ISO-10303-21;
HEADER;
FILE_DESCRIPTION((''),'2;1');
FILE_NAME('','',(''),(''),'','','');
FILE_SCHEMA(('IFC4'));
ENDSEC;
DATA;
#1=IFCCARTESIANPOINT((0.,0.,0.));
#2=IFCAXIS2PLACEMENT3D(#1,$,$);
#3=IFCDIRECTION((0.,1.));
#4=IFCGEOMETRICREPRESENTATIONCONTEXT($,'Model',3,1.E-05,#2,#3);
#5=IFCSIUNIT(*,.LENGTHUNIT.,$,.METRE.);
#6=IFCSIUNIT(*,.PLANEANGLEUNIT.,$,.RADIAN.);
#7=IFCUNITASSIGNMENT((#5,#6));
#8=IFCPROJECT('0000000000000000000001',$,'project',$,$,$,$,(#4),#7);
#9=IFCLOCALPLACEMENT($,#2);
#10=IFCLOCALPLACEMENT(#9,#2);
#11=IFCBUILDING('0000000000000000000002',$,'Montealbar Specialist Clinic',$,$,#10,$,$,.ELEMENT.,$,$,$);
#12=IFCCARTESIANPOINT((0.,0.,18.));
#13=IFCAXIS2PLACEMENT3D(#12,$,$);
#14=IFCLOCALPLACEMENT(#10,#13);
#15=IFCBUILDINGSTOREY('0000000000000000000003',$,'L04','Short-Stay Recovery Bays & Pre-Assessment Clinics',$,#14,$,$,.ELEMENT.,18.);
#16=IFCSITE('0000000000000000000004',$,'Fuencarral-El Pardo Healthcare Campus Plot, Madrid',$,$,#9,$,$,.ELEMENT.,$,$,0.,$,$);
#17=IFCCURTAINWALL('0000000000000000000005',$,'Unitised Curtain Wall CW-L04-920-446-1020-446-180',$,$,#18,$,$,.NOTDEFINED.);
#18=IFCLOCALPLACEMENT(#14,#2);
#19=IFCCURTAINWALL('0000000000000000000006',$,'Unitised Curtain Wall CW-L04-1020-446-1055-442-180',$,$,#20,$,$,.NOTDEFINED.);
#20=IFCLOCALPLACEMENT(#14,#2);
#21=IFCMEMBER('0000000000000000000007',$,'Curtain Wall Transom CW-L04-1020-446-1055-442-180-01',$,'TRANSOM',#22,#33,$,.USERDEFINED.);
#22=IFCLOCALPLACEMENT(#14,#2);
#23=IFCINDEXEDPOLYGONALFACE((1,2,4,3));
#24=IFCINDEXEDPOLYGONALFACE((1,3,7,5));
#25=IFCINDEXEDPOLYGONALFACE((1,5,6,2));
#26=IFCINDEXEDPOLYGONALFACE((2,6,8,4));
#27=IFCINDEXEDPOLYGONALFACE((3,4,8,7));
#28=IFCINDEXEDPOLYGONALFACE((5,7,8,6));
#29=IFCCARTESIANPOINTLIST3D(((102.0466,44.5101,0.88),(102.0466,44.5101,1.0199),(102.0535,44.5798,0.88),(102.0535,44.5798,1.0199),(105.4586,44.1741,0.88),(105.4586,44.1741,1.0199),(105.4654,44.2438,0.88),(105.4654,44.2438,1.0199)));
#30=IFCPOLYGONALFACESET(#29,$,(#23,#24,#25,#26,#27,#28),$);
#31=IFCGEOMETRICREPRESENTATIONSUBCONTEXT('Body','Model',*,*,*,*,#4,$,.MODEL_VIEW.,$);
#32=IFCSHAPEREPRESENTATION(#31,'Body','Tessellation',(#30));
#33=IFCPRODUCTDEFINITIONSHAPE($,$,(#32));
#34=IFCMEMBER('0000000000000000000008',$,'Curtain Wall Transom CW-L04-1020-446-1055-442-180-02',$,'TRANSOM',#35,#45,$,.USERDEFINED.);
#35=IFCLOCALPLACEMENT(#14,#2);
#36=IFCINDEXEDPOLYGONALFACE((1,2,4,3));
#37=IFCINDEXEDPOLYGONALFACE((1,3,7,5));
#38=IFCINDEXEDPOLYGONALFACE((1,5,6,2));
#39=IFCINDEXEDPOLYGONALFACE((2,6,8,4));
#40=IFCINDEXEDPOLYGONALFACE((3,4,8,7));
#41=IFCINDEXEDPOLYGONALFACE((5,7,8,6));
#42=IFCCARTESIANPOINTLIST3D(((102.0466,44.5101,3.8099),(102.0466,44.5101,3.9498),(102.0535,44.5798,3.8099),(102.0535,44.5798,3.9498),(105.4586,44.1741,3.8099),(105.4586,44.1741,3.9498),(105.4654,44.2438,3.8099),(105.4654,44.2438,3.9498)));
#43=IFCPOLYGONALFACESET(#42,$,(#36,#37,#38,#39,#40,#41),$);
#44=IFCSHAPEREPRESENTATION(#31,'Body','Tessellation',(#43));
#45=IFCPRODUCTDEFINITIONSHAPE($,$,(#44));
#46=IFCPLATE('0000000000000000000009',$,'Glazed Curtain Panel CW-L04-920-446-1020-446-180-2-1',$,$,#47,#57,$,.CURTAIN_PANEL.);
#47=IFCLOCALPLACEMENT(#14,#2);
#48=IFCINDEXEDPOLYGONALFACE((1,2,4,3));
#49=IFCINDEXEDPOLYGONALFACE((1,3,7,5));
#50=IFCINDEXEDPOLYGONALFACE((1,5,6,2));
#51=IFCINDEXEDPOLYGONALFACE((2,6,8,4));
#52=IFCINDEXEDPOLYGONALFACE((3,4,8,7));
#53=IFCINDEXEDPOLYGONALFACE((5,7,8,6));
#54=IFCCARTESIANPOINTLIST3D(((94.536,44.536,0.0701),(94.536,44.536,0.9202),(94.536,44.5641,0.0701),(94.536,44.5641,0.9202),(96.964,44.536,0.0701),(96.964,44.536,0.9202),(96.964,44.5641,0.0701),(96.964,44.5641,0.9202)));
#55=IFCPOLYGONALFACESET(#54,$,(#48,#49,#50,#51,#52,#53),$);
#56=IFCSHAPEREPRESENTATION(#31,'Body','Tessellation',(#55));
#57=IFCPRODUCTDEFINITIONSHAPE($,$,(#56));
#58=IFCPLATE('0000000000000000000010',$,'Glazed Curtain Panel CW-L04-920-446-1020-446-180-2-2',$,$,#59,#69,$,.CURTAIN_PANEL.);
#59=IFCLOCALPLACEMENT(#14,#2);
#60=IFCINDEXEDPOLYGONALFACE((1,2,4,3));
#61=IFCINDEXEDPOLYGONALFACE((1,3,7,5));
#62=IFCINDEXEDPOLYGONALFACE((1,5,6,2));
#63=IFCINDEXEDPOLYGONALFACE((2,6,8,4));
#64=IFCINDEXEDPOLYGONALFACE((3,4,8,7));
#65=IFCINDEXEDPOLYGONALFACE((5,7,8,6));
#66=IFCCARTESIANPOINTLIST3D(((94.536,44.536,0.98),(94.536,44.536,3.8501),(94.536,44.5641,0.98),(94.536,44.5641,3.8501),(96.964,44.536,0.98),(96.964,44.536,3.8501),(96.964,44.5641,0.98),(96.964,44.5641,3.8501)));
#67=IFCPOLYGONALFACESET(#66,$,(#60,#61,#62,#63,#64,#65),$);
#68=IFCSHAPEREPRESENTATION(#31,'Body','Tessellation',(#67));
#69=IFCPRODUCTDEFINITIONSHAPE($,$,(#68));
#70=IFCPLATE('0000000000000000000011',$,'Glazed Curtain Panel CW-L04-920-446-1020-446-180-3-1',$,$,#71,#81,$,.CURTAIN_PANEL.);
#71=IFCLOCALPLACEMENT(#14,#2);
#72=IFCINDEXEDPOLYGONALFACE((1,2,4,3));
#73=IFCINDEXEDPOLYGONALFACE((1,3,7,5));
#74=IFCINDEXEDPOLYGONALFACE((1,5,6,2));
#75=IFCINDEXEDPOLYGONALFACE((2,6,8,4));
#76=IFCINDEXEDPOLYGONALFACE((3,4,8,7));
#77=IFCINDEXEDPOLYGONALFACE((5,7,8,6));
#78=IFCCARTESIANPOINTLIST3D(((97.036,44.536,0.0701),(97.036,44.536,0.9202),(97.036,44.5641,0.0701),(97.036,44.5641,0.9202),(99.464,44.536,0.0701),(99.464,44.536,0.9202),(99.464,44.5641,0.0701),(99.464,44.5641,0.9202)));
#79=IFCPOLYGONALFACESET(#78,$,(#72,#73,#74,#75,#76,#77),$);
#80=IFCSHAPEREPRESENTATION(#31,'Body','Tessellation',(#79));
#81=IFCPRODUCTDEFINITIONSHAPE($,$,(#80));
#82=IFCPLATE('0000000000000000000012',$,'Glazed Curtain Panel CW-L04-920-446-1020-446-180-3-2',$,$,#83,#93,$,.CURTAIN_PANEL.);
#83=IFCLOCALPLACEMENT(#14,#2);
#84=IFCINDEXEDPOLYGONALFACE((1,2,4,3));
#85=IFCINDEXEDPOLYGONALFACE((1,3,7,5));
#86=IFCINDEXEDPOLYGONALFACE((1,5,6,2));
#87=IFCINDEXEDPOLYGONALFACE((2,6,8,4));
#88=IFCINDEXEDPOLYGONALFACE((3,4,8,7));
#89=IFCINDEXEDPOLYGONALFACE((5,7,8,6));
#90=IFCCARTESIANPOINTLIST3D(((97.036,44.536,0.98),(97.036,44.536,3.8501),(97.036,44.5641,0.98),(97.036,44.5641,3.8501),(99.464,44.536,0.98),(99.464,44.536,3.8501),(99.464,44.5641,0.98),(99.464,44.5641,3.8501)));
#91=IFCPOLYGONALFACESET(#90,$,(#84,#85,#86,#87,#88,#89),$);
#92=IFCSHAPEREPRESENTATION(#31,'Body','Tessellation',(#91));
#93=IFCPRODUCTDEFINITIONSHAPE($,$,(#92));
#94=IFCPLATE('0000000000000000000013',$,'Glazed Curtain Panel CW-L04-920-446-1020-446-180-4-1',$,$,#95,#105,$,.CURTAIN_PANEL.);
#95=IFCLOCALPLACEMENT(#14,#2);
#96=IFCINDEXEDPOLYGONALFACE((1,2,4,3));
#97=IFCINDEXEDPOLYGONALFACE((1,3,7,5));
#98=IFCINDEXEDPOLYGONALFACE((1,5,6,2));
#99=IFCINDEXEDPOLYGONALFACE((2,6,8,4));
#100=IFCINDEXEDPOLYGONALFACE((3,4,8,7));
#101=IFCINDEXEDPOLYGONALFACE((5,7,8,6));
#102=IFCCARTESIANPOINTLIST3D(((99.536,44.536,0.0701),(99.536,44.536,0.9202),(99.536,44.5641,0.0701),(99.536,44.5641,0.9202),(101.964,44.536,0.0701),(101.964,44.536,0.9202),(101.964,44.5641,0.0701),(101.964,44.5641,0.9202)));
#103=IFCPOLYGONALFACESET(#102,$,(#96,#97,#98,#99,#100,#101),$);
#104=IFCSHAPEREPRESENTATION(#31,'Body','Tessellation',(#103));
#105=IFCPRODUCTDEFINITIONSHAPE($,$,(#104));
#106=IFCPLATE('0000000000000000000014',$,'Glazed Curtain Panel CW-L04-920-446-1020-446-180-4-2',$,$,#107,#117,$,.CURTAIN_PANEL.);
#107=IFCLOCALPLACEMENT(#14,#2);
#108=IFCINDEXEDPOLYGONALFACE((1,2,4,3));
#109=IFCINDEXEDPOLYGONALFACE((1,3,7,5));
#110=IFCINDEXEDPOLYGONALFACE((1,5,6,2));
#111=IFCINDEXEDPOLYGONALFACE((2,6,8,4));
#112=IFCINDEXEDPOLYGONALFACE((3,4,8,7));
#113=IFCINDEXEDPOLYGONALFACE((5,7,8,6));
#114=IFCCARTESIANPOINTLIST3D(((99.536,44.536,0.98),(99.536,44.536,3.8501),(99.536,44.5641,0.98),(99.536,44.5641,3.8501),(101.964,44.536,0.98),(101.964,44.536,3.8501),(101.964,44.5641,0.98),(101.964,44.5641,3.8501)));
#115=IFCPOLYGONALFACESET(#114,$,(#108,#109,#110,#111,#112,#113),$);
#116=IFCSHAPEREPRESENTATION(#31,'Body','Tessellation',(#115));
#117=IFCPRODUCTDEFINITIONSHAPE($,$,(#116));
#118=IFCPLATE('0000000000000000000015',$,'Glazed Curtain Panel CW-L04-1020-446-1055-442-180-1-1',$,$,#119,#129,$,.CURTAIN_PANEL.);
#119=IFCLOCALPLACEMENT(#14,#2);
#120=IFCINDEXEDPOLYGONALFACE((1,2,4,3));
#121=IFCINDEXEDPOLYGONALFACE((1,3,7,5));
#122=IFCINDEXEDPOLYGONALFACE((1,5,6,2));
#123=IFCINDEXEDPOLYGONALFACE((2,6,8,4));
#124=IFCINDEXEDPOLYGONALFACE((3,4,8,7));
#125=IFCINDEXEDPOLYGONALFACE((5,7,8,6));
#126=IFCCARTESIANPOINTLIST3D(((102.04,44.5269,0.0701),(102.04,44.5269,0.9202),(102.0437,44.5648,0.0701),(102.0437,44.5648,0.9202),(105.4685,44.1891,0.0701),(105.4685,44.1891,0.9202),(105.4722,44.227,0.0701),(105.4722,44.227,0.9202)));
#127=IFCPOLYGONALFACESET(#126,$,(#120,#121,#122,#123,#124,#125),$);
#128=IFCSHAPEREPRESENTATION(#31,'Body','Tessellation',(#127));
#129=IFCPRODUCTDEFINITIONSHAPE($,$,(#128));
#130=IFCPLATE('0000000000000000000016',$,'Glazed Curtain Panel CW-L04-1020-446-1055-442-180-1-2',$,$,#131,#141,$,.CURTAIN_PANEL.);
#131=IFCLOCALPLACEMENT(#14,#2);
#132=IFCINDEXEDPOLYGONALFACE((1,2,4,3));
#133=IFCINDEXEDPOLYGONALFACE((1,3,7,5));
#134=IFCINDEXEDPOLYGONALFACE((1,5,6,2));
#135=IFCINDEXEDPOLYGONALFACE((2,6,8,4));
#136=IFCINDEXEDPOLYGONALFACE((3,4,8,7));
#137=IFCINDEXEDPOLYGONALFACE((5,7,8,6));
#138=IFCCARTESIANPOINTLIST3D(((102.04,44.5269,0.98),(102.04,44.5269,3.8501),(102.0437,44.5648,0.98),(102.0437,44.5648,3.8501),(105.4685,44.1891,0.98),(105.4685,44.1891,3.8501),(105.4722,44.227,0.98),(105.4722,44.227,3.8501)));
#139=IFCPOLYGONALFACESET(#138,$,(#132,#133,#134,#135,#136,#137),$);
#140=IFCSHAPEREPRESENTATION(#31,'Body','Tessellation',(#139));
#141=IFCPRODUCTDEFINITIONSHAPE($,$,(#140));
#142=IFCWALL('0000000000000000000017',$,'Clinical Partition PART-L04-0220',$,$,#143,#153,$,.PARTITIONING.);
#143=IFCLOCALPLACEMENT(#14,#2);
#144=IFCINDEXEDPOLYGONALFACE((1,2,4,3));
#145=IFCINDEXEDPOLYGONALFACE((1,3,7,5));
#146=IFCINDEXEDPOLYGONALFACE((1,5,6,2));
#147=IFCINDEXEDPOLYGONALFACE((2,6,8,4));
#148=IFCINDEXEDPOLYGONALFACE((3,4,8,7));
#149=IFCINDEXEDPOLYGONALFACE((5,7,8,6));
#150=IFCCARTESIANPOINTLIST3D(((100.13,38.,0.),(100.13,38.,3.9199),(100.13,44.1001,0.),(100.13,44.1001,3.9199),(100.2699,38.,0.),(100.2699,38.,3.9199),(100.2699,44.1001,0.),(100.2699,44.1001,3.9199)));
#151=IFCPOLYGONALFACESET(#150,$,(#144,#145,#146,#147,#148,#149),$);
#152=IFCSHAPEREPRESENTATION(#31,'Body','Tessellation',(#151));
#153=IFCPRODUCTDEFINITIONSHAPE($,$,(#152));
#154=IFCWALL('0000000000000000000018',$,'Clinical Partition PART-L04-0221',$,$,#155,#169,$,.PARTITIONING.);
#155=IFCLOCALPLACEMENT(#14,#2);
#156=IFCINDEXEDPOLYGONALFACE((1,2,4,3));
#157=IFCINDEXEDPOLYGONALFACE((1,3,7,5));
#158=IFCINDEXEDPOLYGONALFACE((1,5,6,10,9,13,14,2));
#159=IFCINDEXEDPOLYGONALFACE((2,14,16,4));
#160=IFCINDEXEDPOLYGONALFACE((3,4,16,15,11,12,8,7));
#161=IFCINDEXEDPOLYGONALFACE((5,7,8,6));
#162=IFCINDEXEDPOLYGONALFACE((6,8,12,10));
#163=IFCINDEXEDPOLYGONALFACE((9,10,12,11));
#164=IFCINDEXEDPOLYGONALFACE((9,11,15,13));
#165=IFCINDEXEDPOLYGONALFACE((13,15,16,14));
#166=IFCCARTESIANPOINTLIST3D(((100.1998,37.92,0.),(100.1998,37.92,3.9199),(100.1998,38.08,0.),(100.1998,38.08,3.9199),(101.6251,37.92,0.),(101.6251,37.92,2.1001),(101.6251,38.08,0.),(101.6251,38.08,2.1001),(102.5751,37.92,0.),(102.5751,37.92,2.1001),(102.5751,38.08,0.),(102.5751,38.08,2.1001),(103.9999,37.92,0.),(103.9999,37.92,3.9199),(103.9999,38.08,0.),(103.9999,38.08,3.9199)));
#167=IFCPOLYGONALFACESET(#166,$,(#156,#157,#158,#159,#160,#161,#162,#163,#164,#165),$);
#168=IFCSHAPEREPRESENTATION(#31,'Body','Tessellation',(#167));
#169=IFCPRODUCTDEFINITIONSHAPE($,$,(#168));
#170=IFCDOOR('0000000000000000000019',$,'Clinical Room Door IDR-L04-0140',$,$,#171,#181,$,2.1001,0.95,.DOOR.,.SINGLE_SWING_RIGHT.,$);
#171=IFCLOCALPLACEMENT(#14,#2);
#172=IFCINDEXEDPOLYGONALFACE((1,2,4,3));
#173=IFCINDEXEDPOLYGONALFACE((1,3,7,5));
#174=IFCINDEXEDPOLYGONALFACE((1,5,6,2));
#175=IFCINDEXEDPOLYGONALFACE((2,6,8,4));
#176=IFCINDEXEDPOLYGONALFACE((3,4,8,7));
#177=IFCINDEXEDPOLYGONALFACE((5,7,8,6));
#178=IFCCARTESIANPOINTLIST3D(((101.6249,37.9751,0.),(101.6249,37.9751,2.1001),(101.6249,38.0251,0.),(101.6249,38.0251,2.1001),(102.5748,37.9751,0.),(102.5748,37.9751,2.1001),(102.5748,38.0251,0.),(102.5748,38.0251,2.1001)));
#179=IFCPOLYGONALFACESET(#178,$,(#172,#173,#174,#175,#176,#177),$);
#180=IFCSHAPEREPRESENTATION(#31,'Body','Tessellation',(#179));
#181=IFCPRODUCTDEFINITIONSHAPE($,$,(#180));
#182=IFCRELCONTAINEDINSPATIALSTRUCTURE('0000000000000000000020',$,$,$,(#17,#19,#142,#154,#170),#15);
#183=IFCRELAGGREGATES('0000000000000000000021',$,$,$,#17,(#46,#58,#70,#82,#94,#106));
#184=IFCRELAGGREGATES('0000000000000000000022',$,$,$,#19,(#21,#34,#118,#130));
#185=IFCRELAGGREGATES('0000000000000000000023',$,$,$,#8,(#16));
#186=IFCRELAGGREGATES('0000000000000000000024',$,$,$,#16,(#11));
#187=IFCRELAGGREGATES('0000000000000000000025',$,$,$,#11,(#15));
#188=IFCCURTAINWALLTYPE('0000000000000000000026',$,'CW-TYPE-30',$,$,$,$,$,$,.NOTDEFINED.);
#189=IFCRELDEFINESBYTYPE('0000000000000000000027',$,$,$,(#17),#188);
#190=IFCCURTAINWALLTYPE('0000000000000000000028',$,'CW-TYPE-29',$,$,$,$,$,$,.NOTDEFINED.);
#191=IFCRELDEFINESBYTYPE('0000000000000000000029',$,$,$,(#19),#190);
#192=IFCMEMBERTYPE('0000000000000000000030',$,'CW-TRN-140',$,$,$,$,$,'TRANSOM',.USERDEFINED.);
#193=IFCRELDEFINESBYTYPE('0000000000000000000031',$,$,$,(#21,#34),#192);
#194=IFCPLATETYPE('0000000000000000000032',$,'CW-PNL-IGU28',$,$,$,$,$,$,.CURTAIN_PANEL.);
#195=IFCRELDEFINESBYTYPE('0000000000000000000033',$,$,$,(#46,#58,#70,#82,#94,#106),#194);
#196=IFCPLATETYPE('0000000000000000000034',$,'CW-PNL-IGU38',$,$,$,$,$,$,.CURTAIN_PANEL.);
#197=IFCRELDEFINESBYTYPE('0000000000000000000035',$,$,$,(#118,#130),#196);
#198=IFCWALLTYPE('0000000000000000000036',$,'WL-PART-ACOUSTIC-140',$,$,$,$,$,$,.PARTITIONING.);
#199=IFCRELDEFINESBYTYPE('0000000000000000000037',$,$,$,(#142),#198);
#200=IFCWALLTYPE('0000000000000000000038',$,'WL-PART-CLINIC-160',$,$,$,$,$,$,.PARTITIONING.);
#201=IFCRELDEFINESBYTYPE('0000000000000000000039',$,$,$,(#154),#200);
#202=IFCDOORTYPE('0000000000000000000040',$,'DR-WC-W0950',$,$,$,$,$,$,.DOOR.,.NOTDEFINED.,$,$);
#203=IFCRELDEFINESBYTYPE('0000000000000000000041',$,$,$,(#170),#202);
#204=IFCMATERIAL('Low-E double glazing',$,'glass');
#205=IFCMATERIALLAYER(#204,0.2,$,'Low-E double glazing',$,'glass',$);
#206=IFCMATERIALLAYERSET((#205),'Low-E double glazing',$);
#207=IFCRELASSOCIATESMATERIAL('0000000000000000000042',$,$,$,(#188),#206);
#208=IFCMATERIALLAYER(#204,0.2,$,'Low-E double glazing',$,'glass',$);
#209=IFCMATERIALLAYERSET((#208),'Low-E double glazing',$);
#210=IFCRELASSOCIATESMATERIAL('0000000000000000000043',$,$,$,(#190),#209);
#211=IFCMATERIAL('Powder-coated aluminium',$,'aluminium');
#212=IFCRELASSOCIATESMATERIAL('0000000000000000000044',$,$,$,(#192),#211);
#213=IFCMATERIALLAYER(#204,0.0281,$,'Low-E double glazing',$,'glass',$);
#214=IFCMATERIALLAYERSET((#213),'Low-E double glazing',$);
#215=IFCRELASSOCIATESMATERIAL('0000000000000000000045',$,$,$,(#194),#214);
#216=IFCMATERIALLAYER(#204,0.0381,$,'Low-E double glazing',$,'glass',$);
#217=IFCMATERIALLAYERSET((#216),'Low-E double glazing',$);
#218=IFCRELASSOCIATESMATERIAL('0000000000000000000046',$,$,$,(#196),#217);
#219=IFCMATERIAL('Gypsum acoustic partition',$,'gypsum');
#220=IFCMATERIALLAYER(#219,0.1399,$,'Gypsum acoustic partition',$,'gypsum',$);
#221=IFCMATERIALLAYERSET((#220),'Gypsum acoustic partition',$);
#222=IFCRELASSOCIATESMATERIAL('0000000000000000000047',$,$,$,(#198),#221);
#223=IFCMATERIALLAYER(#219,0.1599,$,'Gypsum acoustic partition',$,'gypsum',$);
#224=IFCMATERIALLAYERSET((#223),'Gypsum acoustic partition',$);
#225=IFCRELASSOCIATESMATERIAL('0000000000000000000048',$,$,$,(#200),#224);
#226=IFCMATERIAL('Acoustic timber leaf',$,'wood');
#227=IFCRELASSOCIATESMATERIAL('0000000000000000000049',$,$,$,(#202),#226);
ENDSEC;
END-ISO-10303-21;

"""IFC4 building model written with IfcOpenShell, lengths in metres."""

from ifc_helpers import new_model, si_unit, direction, frame, frame_2d, origin, origin_2d, place, context, subcontext, project, spatial, rectangle, extrude, material, layer, layer_set, material_profile, profile_set, type_object, element, fill, aggregate, save


model = new_model("IFC4")

# Units and contexts
model_context = context("Model", 3, precision=1e-05, world=origin(), true_north=direction((0.0, 1.0)))
body_context = subcontext(model_context, "Body", "Model", "MODEL_VIEW")
ifc_project = project(units=[si_unit("LENGTHUNIT", "METRE"), si_unit("PLANEANGLEUNIT", "RADIAN")], contexts=[model_context])

# Site, building, storey
site_placement = place(None, origin())
site = spatial("IfcSite", under=ifc_project, at=site_placement, Name="Fuencarral-El Pardo Healthcare Campus Plot, Madrid", CompositionType="ELEMENT", RefElevation=0.0)
building_placement = place(site_placement, origin())
building = spatial("IfcBuilding", under=site, at=building_placement, Name="Montealbar Specialist Clinic", CompositionType="ELEMENT")
storey_placement = place(building_placement, frame((0.0, 0.0, 18.0)))
storey = spatial("IfcBuildingStorey", under=building, at=storey_placement, Name="L04", Description="Short-Stay Recovery Bays & Pre-Assessment Clinics", CompositionType="ELEMENT", Elevation=18.0)

# Curtain walls, members
ifc_material_1 = material(Name="Low-E double glazing", Category="glass")
ifc_layer_1 = layer(ifc_material_1, 0.2, Name="Low-E double glazing", Category="glass")
ifc_layer_set_1 = layer_set([ifc_layer_1], Name="Low-E double glazing")
curtain_wall_type_1 = type_object("IfcCurtainWallType", Name="CW-TYPE-30", PredefinedType="NOTDEFINED", material=ifc_layer_set_1)
curtain_wall_1_placement = place(storey_placement, origin())
curtain_wall_1 = element("IfcCurtainWall", 1, at=curtain_wall_1_placement, inside=storey, type_object=curtain_wall_type_1, Name="Unitised Curtain Wall CW-L04-920-446-1020-446-180", PredefinedType="NOTDEFINED")
ifc_layer_2 = layer(ifc_material_1, 0.2, Name="Low-E double glazing", Category="glass")
ifc_layer_set_2 = layer_set([ifc_layer_2], Name="Low-E double glazing")
curtain_wall_type_2 = type_object("IfcCurtainWallType", Name="CW-TYPE-29", PredefinedType="NOTDEFINED", material=ifc_layer_set_2)
curtain_wall_2_placement = place(storey_placement, origin())
curtain_wall_2 = element("IfcCurtainWall", 2, at=curtain_wall_2_placement, inside=storey, type_object=curtain_wall_type_2, Name="Unitised Curtain Wall CW-L04-1020-446-1055-442-180", PredefinedType="NOTDEFINED")
ifc_material_2 = material(Name="Powder-coated aluminium", Category="aluminium")
ifc_material_profile_1 = material_profile(ifc_material_2, rectangle(XDim=0.0701, YDim=0.1399, at=origin_2d()), Name="ALU 70x140", Category="aluminium")
ifc_profile_set_1 = profile_set([ifc_material_profile_1], Name="Powder-coated aluminium")
member_type_1 = type_object("IfcMemberType", Name="CW-TRN-140", ElementType="TRANSOM", PredefinedType="USERDEFINED", material=ifc_profile_set_1)
member_1_placement = place(storey_placement, frame((102.05, 44.5449, 0.95), z_axis=(0.995188, -0.097988, 0.0), x_axis=(0.097988, 0.995188, 0.0)))
member_1 = element("IfcMember", 3, at=member_1_placement, type_object=member_type_1, Name="Curtain Wall Transom CW-L04-1020-446-1055-442-180-01", ObjectType="TRANSOM", PredefinedType="USERDEFINED", context=body_context, shape_type="SweptSolid", body=[
    extrude(rectangle(XDim=0.0701, YDim=0.1399, at=origin_2d()), origin(), (0.0, 0.0, 1.0), 3.4285),
])
member_2_placement = place(storey_placement, frame((102.05, 44.5449, 3.8799), z_axis=(0.995188, -0.097988, 0.0), x_axis=(0.097988, 0.995188, 0.0)))
member_2 = element("IfcMember", 4, at=member_2_placement, type_object=member_type_1, Name="Curtain Wall Transom CW-L04-1020-446-1055-442-180-02", ObjectType="TRANSOM", PredefinedType="USERDEFINED", context=body_context, shape_type="SweptSolid", body=[
    extrude(rectangle(XDim=0.0701, YDim=0.1399, at=origin_2d()), origin(), (0.0, 0.0, 1.0), 3.4285),
])

# Plates
ifc_layer_3 = layer(ifc_material_1, 0.0281, Name="Low-E double glazing", Category="glass")
ifc_layer_set_3 = layer_set([ifc_layer_3], Name="Low-E double glazing")
plate_type_1 = type_object("IfcPlateType", Name="CW-PNL-IGU28", PredefinedType="CURTAIN_PANEL", material=ifc_layer_set_3)
plate_1_placement = place(storey_placement, frame((95.75, 44.55, 0.0701), z_axis=(0.0, 0.0, 1.0), x_axis=(1.0, 0.0, 0.0)))
plate_1 = element("IfcPlate", 5, at=plate_1_placement, type_object=plate_type_1, Name="Glazed Curtain Panel CW-L04-920-446-1020-446-180-2-1", PredefinedType="CURTAIN_PANEL", context=body_context, shape_type="SweptSolid", body=[
    extrude(rectangle(XDim=2.428, YDim=0.0281, at=origin_2d()), origin(), (0.0, 0.0, 1.0), 0.8501),
])
plate_2_placement = place(storey_placement, frame((95.75, 44.55, 0.98), z_axis=(0.0, 0.0, 1.0), x_axis=(1.0, 0.0, 0.0)))
plate_2 = element("IfcPlate", 6, at=plate_2_placement, type_object=plate_type_1, Name="Glazed Curtain Panel CW-L04-920-446-1020-446-180-2-2", PredefinedType="CURTAIN_PANEL", context=body_context, shape_type="SweptSolid", body=[
    extrude(rectangle(XDim=2.428, YDim=0.0281, at=origin_2d()), origin(), (0.0, 0.0, 1.0), 2.8701),
])
plate_3_placement = place(storey_placement, frame((98.25, 44.55, 0.0701), z_axis=(0.0, 0.0, 1.0), x_axis=(1.0, 0.0, 0.0)))
plate_3 = element("IfcPlate", 7, at=plate_3_placement, type_object=plate_type_1, Name="Glazed Curtain Panel CW-L04-920-446-1020-446-180-3-1", PredefinedType="CURTAIN_PANEL", context=body_context, shape_type="SweptSolid", body=[
    extrude(rectangle(XDim=2.428, YDim=0.0281, at=origin_2d()), origin(), (0.0, 0.0, 1.0), 0.8501),
])
plate_4_placement = place(storey_placement, frame((98.25, 44.55, 0.98), z_axis=(0.0, 0.0, 1.0), x_axis=(1.0, 0.0, 0.0)))
plate_4 = element("IfcPlate", 8, at=plate_4_placement, type_object=plate_type_1, Name="Glazed Curtain Panel CW-L04-920-446-1020-446-180-3-2", PredefinedType="CURTAIN_PANEL", context=body_context, shape_type="SweptSolid", body=[
    extrude(rectangle(XDim=2.428, YDim=0.0281, at=origin_2d()), origin(), (0.0, 0.0, 1.0), 2.8701),
])
plate_5_placement = place(storey_placement, frame((100.75, 44.55, 0.0701), z_axis=(0.0, 0.0, 1.0), x_axis=(1.0, 0.0, 0.0)))
plate_5 = element("IfcPlate", 9, at=plate_5_placement, type_object=plate_type_1, Name="Glazed Curtain Panel CW-L04-920-446-1020-446-180-4-1", PredefinedType="CURTAIN_PANEL", context=body_context, shape_type="SweptSolid", body=[
    extrude(rectangle(XDim=2.428, YDim=0.0281, at=origin_2d()), origin(), (0.0, 0.0, 1.0), 0.8501),
])
plate_6_placement = place(storey_placement, frame((100.75, 44.55, 0.98), z_axis=(0.0, 0.0, 1.0), x_axis=(1.0, 0.0, 0.0)))
plate_6 = element("IfcPlate", 10, at=plate_6_placement, type_object=plate_type_1, Name="Glazed Curtain Panel CW-L04-920-446-1020-446-180-4-2", PredefinedType="CURTAIN_PANEL", context=body_context, shape_type="SweptSolid", body=[
    extrude(rectangle(XDim=2.428, YDim=0.0281, at=origin_2d()), origin(), (0.0, 0.0, 1.0), 2.8701),
])
aggregate(curtain_wall_1, [plate_1, plate_2, plate_3, plate_4, plate_5, plate_6])
ifc_layer_4 = layer(ifc_material_1, 0.0381, Name="Low-E double glazing", Category="glass")
ifc_layer_set_4 = layer_set([ifc_layer_4], Name="Low-E double glazing")
plate_type_2 = type_object("IfcPlateType", Name="CW-PNL-IGU38", PredefinedType="CURTAIN_PANEL", material=ifc_layer_set_4)
plate_7_placement = place(storey_placement, frame((103.7561, 44.377, 0.0701), z_axis=(0.0, 0.0, 1.0), x_axis=(0.995182, -0.098045, 0.0)))
plate_7 = element("IfcPlate", 11, at=plate_7_placement, type_object=plate_type_2, Name="Glazed Curtain Panel CW-L04-1020-446-1055-442-180-1-1", PredefinedType="CURTAIN_PANEL", context=body_context, shape_type="SweptSolid", body=[
    extrude(rectangle(XDim=3.4451, YDim=0.0381, at=origin_2d()), origin(), (0.0, 0.0, 1.0), 0.8501),
])
plate_8_placement = place(storey_placement, frame((103.7561, 44.377, 0.98), z_axis=(0.0, 0.0, 1.0), x_axis=(0.995182, -0.098045, 0.0)))
plate_8 = element("IfcPlate", 12, at=plate_8_placement, type_object=plate_type_2, Name="Glazed Curtain Panel CW-L04-1020-446-1055-442-180-1-2", PredefinedType="CURTAIN_PANEL", context=body_context, shape_type="SweptSolid", body=[
    extrude(rectangle(XDim=3.4451, YDim=0.0381, at=origin_2d()), origin(), (0.0, 0.0, 1.0), 2.8701),
])
aggregate(curtain_wall_2, [member_1, member_2, plate_7, plate_8])

# Wall
ifc_material_3 = material(Name="Gypsum acoustic partition", Category="gypsum")
ifc_layer_5 = layer(ifc_material_3, 0.1399, Name="Gypsum acoustic partition", Category="gypsum")
ifc_layer_set_5 = layer_set([ifc_layer_5], Name="Gypsum acoustic partition")
wall_type_1 = type_object("IfcWallType", Name="WL-PART-ACOUSTIC-140", PredefinedType="PARTITIONING", material=ifc_layer_set_5)
wall_1_placement = place(storey_placement, frame((100.2, 38.0, 0.0), z_axis=(0.0, 0.0, 1.0), x_axis=(0.0, 1.0, 0.0)))
element("IfcWall", 13, at=wall_1_placement, inside=storey, type_object=wall_type_1, Name="Clinical Partition PART-L04-0220", PredefinedType="PARTITIONING", context=body_context, shape_type="SweptSolid", body=[
    extrude(rectangle(XDim=6.1001, YDim=0.1399, at=frame_2d((3.05, 0.0))), origin(), (0.0, 0.0, 1.0), 3.9199),
])

# Wall, opening, door
ifc_layer_6 = layer(ifc_material_3, 0.1599, Name="Gypsum acoustic partition", Category="gypsum")
ifc_layer_set_6 = layer_set([ifc_layer_6], Name="Gypsum acoustic partition")
wall_type_2 = type_object("IfcWallType", Name="WL-PART-CLINIC-160", PredefinedType="PARTITIONING", material=ifc_layer_set_6)
wall_2_placement = place(storey_placement, frame((100.2, 38.0, 0.0), z_axis=(0.0, 0.0, 1.0), x_axis=(1.0, 0.0, 0.0)))
wall_2 = element("IfcWall", 14, at=wall_2_placement, inside=storey, type_object=wall_type_2, Name="Clinical Partition PART-L04-0221", PredefinedType="PARTITIONING", context=body_context, shape_type="SweptSolid", body=[
    extrude(rectangle(XDim=3.8, YDim=0.1599, at=frame_2d((1.8999, 0.0))), origin(), (0.0, 0.0, 1.0), 3.9199),
])
opening_placement = place(wall_2_placement, frame((1.425, 0.0, 0.0)))
opening = element("IfcOpeningElement", 15, at=opening_placement, cuts=wall_2, PredefinedType="OPENING", context=body_context, shape_type="SweptSolid", body=[
    extrude(rectangle(XDim=0.95, YDim=2.1001, at=frame_2d((0.4751, 1.05))), frame((0.0, 0.0898, 0.0), z_axis=(0.0, -1.0, 0.0), x_axis=(1.0, 0.0, 0.0)), (0.0, 0.0, 1.0), 0.1799),
])
ifc_material_4 = material(Name="Acoustic timber leaf", Category="wood")
door_type = type_object("IfcDoorType", Name="DR-WC-W0950", OperationType="NOTDEFINED", PredefinedType="DOOR", material=ifc_material_4)
door_placement = place(opening_placement, frame((0.95, 0.0, 0.0), z_axis=(0.0, 0.0, 1.0), x_axis=(-1.0, 0.0, 0.0)))
door = element("IfcDoor", 16, at=door_placement, inside=storey, type_object=door_type, Name="Clinical Room Door IDR-L04-0140", OperationType="SINGLE_SWING_RIGHT", OverallHeight=2.1001, OverallWidth=0.95, PredefinedType="DOOR", context=body_context, shape_type="SweptSolid", body=[
    extrude(rectangle(XDim=0.95, YDim=2.1001, at=frame_2d((0.4751, 1.05))), frame((0.0, 0.0249, 0.0), z_axis=(0.0, -1.0, 0.0), x_axis=(1.0, 0.0, 0.0)), (0.0, 0.0, 1.0), 0.05),
])
fill(opening, door)

save(model, "model.ifc")
